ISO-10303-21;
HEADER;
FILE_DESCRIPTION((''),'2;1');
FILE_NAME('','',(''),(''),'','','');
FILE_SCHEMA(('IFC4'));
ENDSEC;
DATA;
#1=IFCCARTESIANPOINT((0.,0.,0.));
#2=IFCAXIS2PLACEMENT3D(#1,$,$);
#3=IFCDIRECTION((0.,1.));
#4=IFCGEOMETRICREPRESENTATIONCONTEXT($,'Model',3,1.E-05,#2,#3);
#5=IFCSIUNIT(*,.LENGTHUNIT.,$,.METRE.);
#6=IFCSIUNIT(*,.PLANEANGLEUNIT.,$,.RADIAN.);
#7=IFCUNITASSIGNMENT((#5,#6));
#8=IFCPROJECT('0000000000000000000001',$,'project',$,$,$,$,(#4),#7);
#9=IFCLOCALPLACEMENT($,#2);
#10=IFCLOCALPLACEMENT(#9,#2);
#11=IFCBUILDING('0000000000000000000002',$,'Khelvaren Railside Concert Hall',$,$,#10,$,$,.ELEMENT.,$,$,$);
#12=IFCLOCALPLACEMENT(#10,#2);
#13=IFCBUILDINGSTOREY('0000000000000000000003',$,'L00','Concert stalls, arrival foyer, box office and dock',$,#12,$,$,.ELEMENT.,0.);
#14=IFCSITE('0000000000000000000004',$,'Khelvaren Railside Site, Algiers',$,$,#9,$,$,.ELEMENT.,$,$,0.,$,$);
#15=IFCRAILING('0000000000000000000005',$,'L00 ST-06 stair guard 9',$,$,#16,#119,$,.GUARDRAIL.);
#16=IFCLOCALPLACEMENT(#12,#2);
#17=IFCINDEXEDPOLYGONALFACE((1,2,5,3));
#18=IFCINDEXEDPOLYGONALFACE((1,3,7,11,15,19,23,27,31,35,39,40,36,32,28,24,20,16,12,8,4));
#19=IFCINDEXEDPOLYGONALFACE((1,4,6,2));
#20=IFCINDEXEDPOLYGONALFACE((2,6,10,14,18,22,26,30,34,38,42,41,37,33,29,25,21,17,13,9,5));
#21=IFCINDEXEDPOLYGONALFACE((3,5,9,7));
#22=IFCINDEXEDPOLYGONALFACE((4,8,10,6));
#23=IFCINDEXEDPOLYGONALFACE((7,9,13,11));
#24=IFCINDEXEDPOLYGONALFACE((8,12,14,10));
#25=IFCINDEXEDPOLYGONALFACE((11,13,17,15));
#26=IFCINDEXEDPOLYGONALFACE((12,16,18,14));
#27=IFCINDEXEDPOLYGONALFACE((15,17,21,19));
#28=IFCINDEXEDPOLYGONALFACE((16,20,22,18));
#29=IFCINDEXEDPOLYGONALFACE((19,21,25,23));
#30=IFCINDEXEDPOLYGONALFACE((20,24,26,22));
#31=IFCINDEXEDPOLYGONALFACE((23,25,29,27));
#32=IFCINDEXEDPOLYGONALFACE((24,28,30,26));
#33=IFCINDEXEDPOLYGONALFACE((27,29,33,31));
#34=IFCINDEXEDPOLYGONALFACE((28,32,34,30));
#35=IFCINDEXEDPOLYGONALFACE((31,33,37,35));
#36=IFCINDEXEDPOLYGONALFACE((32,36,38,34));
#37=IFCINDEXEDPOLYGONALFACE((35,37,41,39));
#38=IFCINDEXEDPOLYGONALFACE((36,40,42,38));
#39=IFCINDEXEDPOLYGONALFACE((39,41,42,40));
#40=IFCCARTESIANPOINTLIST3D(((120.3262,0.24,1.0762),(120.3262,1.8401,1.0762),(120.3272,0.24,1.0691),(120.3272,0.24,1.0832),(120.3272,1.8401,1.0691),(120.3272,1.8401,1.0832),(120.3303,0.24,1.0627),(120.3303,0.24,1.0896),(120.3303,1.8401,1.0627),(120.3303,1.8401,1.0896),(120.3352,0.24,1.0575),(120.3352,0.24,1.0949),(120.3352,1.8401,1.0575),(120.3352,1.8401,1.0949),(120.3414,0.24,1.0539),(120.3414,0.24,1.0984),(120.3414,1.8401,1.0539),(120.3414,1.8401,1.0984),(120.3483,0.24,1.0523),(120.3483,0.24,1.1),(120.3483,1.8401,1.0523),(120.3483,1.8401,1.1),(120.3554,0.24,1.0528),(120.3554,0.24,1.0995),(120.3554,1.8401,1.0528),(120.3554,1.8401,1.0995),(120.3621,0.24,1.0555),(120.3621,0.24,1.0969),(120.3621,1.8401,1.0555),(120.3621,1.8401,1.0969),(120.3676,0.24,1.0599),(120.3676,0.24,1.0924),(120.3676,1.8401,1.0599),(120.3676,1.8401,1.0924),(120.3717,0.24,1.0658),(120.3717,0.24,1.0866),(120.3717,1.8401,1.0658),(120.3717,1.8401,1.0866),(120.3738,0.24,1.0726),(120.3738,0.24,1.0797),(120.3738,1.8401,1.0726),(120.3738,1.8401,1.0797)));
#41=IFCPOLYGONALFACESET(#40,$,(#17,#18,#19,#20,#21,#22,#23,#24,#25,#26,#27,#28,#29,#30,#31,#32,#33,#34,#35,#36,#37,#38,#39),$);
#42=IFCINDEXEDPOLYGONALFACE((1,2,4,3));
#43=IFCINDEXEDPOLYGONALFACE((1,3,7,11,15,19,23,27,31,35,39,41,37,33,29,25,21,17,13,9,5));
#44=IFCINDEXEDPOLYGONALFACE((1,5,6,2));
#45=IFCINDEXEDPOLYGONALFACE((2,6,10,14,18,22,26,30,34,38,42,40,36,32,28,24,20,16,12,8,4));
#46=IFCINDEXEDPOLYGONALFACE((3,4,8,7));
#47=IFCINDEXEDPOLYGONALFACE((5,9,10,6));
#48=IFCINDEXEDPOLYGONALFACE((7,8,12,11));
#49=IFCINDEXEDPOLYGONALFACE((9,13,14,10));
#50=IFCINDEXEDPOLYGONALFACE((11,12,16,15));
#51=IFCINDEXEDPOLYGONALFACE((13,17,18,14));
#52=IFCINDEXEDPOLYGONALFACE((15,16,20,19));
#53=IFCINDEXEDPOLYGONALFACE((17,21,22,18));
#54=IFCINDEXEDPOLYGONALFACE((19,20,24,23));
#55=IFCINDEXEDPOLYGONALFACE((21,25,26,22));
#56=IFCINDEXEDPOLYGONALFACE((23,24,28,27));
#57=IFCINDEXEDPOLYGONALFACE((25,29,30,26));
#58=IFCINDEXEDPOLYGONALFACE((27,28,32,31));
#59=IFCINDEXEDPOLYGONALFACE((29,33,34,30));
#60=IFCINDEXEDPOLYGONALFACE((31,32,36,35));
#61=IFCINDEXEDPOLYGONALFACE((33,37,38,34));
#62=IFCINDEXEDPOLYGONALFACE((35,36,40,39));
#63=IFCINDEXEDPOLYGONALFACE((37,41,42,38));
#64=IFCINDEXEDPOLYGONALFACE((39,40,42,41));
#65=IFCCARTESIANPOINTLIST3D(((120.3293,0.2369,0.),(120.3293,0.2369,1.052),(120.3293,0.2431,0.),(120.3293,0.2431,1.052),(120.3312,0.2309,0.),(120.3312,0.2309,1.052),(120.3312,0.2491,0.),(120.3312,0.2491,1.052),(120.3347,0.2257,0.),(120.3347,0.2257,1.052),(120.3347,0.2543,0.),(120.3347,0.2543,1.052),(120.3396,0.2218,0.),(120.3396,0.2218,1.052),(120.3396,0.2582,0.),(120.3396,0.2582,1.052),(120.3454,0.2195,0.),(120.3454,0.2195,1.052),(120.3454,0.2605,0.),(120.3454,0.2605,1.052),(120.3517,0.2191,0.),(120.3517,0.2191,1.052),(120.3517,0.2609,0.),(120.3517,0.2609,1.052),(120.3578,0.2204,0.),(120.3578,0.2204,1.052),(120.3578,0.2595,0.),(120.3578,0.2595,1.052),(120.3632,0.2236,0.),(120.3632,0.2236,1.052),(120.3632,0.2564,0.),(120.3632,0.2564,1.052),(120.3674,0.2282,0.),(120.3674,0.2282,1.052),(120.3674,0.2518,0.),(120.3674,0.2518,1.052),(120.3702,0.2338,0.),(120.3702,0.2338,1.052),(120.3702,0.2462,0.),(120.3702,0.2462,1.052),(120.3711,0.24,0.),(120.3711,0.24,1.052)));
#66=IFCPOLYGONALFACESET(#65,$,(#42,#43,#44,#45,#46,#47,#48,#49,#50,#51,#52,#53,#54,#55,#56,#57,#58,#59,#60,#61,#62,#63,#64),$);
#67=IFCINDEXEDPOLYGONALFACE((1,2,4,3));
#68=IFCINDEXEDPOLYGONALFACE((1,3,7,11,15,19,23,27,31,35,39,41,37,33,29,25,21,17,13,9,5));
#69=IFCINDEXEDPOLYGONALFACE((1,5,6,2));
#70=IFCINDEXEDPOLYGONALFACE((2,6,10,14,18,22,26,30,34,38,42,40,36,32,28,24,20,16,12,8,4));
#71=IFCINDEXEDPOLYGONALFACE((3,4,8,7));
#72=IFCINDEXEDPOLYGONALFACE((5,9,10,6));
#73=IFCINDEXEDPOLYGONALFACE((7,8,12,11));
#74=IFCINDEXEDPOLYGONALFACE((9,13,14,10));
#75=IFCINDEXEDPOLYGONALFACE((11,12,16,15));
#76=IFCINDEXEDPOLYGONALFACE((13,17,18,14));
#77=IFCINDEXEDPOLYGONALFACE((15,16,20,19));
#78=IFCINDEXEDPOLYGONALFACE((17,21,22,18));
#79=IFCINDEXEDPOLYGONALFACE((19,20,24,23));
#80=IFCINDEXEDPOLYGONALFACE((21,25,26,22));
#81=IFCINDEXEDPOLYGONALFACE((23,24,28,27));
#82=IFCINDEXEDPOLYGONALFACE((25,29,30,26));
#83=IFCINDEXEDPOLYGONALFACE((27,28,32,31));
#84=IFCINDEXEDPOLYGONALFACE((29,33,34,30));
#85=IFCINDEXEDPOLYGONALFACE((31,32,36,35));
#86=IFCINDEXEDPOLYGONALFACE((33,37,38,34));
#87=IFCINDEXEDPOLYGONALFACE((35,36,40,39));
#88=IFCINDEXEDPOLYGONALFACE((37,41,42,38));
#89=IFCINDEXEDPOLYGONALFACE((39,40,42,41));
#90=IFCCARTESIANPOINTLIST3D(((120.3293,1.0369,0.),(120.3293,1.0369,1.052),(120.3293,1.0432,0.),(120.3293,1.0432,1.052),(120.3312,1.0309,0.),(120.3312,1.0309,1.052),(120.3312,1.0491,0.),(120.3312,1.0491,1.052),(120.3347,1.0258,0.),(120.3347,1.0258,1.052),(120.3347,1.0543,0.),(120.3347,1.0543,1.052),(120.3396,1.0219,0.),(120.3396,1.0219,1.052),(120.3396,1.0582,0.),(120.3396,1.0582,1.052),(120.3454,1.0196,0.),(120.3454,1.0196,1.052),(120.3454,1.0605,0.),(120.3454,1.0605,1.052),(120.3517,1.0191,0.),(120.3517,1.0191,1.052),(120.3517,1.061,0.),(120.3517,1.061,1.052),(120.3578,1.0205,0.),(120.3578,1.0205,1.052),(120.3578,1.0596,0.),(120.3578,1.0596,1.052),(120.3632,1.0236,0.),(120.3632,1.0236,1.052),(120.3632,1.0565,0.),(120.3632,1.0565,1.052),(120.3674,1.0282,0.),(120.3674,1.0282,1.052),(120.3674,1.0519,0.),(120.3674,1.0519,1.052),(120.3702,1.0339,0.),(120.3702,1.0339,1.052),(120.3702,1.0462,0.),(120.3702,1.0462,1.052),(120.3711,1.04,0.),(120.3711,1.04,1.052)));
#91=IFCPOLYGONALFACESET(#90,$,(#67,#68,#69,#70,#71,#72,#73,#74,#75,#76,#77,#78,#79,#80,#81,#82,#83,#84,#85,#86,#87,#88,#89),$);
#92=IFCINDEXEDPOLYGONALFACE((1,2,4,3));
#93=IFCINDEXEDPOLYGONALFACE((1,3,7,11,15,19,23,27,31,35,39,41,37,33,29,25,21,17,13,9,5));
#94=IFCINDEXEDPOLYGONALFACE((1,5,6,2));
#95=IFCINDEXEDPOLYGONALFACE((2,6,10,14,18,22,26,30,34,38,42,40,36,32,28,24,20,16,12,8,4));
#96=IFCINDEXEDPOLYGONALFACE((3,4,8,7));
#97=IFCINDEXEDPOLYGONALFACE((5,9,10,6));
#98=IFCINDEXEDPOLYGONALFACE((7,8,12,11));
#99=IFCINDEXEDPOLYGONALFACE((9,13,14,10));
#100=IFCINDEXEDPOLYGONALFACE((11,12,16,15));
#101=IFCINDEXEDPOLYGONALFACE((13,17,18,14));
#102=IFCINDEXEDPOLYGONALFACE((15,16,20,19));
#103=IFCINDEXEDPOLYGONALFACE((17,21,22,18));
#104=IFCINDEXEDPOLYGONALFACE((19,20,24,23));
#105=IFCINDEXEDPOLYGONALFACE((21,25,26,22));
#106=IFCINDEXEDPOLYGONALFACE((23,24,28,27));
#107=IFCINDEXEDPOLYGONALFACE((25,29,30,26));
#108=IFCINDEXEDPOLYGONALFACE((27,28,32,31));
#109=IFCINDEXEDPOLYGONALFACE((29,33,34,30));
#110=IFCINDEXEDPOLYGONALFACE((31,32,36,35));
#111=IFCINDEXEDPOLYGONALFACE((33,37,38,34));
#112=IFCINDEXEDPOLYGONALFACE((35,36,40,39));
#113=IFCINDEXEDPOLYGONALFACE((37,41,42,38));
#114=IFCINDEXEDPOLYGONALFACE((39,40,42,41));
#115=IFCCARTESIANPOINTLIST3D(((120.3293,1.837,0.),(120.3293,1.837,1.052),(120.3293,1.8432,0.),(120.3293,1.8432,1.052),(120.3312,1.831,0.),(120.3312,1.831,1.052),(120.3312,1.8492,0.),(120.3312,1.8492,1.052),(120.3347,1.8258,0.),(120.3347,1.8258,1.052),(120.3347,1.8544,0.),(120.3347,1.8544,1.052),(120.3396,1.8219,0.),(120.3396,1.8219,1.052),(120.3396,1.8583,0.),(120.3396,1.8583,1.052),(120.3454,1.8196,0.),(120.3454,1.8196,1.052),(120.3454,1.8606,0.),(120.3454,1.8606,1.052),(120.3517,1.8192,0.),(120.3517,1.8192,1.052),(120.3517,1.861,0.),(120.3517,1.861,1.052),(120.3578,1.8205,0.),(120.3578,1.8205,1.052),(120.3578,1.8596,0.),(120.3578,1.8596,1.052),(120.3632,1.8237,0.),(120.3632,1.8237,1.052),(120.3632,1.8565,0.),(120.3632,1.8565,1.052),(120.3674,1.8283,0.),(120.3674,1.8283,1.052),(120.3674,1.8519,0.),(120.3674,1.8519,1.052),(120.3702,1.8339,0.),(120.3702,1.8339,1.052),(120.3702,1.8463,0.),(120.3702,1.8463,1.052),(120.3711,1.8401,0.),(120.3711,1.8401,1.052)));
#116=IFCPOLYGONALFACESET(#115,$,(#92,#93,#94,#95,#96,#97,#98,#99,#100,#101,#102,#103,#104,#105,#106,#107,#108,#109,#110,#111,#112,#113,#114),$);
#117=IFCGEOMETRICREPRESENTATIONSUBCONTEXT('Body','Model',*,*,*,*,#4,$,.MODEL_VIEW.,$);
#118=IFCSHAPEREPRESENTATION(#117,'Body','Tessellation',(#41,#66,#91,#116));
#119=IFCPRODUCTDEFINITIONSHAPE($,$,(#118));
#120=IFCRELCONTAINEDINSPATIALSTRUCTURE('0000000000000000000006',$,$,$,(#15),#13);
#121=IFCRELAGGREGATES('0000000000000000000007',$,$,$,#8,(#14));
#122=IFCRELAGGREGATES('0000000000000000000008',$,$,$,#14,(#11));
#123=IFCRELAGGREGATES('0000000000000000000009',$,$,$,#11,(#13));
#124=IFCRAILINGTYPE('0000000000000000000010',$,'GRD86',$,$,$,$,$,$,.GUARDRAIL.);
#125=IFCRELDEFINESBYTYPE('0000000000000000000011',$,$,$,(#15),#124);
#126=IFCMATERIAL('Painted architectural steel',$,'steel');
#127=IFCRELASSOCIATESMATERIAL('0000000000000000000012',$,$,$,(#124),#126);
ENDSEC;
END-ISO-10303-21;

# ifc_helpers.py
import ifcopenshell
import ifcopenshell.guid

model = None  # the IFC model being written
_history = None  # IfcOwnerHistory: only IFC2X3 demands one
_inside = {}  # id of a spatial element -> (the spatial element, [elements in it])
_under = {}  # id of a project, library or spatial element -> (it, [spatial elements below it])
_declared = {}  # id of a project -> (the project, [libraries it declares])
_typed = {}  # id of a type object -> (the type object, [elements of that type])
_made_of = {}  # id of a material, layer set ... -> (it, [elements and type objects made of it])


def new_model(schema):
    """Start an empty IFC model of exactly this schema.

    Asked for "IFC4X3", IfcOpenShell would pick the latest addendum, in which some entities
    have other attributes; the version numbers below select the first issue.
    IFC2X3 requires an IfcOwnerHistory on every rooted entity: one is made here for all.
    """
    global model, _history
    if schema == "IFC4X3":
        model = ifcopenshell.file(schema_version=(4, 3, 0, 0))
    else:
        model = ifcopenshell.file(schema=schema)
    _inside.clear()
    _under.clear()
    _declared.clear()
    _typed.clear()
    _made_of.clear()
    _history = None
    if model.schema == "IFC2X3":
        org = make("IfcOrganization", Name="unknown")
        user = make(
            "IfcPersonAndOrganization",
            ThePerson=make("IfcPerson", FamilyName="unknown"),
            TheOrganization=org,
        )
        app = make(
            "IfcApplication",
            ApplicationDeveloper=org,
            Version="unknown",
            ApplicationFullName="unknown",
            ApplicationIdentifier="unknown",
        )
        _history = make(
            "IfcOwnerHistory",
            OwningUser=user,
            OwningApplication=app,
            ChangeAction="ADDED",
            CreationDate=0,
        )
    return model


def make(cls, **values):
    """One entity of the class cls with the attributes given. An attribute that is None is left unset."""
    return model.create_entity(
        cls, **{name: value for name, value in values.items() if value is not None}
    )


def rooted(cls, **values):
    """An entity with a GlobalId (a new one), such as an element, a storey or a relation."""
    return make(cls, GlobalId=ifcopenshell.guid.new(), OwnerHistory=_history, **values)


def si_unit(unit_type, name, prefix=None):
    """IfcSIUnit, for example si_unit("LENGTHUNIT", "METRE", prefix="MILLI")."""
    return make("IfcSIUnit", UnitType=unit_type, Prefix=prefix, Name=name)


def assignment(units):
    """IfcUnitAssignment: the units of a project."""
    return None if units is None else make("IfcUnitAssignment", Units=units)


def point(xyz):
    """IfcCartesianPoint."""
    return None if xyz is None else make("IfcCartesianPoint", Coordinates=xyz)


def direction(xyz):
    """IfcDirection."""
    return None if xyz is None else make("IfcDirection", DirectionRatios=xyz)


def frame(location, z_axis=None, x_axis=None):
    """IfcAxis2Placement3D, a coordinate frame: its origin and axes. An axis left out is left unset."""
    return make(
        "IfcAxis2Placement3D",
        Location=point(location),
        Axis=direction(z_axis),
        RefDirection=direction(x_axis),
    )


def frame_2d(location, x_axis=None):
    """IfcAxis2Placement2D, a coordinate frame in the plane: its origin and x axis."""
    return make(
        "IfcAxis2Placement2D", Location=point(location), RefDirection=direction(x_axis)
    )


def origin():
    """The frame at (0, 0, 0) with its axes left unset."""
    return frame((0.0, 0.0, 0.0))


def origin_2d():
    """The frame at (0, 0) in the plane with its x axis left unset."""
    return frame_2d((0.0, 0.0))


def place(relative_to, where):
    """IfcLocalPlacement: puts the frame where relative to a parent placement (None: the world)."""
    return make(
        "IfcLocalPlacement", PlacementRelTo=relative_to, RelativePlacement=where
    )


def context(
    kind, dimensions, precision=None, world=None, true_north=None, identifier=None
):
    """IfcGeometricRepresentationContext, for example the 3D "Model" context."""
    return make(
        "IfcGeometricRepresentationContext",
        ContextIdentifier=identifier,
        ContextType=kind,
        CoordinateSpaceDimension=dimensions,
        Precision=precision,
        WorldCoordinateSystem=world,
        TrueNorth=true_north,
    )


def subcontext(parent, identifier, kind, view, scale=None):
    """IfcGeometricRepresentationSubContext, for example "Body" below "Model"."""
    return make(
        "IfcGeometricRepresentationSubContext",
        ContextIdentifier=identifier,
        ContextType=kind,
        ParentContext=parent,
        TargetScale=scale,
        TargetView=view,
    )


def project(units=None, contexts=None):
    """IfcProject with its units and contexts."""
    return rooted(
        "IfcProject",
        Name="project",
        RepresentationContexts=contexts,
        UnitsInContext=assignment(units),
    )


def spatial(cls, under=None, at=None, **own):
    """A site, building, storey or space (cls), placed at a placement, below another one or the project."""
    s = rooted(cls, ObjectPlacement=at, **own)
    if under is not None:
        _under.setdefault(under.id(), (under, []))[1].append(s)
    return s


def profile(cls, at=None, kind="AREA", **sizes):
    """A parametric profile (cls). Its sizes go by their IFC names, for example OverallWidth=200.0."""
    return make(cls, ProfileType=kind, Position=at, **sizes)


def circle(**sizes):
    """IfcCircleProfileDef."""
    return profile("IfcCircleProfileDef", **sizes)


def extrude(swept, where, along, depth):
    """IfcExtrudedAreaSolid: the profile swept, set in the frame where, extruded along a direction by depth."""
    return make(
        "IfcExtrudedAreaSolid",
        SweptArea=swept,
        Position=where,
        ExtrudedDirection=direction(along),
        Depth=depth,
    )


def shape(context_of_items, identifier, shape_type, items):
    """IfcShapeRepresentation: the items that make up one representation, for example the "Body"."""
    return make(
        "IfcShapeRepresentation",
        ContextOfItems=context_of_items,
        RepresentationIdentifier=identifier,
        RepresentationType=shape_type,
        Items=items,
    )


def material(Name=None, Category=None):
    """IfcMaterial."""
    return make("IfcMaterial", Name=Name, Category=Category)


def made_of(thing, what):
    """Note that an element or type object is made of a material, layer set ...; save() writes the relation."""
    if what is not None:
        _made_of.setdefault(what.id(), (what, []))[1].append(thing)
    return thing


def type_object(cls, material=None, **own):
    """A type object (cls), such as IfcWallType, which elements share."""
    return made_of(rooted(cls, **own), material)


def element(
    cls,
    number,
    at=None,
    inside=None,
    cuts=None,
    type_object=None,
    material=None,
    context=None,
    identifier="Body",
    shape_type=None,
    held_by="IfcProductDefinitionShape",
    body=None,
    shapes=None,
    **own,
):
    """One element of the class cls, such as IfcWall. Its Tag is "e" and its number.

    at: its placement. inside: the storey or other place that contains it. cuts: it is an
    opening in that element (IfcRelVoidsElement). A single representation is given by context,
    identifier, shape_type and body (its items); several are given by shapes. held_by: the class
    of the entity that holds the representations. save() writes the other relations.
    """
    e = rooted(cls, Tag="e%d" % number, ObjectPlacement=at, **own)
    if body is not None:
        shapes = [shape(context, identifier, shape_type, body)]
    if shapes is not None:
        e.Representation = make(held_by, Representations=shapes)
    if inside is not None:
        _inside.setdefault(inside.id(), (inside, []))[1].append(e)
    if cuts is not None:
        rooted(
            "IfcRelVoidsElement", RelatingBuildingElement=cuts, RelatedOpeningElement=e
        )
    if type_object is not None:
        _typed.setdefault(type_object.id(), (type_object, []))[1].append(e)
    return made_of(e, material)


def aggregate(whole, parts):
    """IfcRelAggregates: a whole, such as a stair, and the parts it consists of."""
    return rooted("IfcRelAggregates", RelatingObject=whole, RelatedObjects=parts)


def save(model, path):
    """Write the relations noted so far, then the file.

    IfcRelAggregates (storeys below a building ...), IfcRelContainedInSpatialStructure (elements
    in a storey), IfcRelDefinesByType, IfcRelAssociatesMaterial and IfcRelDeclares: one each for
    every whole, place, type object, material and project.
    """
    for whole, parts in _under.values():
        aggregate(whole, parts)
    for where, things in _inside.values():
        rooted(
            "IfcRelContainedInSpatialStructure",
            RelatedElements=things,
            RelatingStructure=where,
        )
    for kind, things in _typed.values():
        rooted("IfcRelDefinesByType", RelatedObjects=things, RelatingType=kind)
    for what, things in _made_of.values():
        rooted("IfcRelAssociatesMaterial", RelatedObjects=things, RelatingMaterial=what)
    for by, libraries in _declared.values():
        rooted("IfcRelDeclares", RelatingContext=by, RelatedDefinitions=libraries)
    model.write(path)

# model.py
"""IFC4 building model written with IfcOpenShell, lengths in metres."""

from ifc_helpers import new_model, si_unit, direction, frame, origin, origin_2d, place, context, subcontext, project, spatial, circle, extrude, material, type_object, element, save


model = new_model("IFC4")

# Units and contexts
model_context = context("Model", 3, precision=1e-05, world=origin(), true_north=direction((0.0, 1.0)))
body_context = subcontext(model_context, "Body", "Model", "MODEL_VIEW")
ifc_project = project(units=[si_unit("LENGTHUNIT", "METRE"), si_unit("PLANEANGLEUNIT", "RADIAN")], contexts=[model_context])

# Site, building, storey
site_placement = place(None, origin())
site = spatial("IfcSite", under=ifc_project, at=site_placement, Name="Khelvaren Railside Site, Algiers", CompositionType="ELEMENT", RefElevation=0.0)
building_placement = place(site_placement, origin())
building = spatial("IfcBuilding", under=site, at=building_placement, Name="Khelvaren Railside Concert Hall", CompositionType="ELEMENT")
storey_placement = place(building_placement, origin())
storey = spatial("IfcBuildingStorey", under=building, at=storey_placement, Name="L00", Description="Concert stalls, arrival foyer, box office and dock", CompositionType="ELEMENT", Elevation=0.0)

# Railing
ifc_material_1 = material(Name="Painted architectural steel", Category="steel")
railing_type_1 = type_object("IfcRailingType", Name="GRD86", PredefinedType="GUARDRAIL", material=ifc_material_1)
for number, where, name in (
    (1, (120.3501, 0.24, 0.0), "L00 ST-06 stair guard 9"),
):
    element("IfcRailing", number, at=place(storey_placement, frame(where)), inside=storey, type_object=railing_type_1, Name=name, PredefinedType="GUARDRAIL", context=body_context, shape_type="SweptSolid", body=[
        extrude(circle(Radius=0.0239, at=origin_2d()), frame((0.0, 0.0, 1.0762), z_axis=(0.0, 1.0, 0.0), x_axis=(-1.0, 0.0, 0.0)), (0.0, 0.0, 1.0), 1.6001),
        extrude(circle(Radius=0.021, at=origin_2d()), origin(), (0.0, 0.0, 1.0), 1.052),
        extrude(circle(Radius=0.021, at=origin_2d()), frame((0.0, 0.8, 0.0)), (0.0, 0.0, 1.0), 1.052),
        extrude(circle(Radius=0.021, at=origin_2d()), frame((0.0, 1.6001, 0.0)), (0.0, 0.0, 1.0), 1.052),
    ])

save(model, "model.ifc")
